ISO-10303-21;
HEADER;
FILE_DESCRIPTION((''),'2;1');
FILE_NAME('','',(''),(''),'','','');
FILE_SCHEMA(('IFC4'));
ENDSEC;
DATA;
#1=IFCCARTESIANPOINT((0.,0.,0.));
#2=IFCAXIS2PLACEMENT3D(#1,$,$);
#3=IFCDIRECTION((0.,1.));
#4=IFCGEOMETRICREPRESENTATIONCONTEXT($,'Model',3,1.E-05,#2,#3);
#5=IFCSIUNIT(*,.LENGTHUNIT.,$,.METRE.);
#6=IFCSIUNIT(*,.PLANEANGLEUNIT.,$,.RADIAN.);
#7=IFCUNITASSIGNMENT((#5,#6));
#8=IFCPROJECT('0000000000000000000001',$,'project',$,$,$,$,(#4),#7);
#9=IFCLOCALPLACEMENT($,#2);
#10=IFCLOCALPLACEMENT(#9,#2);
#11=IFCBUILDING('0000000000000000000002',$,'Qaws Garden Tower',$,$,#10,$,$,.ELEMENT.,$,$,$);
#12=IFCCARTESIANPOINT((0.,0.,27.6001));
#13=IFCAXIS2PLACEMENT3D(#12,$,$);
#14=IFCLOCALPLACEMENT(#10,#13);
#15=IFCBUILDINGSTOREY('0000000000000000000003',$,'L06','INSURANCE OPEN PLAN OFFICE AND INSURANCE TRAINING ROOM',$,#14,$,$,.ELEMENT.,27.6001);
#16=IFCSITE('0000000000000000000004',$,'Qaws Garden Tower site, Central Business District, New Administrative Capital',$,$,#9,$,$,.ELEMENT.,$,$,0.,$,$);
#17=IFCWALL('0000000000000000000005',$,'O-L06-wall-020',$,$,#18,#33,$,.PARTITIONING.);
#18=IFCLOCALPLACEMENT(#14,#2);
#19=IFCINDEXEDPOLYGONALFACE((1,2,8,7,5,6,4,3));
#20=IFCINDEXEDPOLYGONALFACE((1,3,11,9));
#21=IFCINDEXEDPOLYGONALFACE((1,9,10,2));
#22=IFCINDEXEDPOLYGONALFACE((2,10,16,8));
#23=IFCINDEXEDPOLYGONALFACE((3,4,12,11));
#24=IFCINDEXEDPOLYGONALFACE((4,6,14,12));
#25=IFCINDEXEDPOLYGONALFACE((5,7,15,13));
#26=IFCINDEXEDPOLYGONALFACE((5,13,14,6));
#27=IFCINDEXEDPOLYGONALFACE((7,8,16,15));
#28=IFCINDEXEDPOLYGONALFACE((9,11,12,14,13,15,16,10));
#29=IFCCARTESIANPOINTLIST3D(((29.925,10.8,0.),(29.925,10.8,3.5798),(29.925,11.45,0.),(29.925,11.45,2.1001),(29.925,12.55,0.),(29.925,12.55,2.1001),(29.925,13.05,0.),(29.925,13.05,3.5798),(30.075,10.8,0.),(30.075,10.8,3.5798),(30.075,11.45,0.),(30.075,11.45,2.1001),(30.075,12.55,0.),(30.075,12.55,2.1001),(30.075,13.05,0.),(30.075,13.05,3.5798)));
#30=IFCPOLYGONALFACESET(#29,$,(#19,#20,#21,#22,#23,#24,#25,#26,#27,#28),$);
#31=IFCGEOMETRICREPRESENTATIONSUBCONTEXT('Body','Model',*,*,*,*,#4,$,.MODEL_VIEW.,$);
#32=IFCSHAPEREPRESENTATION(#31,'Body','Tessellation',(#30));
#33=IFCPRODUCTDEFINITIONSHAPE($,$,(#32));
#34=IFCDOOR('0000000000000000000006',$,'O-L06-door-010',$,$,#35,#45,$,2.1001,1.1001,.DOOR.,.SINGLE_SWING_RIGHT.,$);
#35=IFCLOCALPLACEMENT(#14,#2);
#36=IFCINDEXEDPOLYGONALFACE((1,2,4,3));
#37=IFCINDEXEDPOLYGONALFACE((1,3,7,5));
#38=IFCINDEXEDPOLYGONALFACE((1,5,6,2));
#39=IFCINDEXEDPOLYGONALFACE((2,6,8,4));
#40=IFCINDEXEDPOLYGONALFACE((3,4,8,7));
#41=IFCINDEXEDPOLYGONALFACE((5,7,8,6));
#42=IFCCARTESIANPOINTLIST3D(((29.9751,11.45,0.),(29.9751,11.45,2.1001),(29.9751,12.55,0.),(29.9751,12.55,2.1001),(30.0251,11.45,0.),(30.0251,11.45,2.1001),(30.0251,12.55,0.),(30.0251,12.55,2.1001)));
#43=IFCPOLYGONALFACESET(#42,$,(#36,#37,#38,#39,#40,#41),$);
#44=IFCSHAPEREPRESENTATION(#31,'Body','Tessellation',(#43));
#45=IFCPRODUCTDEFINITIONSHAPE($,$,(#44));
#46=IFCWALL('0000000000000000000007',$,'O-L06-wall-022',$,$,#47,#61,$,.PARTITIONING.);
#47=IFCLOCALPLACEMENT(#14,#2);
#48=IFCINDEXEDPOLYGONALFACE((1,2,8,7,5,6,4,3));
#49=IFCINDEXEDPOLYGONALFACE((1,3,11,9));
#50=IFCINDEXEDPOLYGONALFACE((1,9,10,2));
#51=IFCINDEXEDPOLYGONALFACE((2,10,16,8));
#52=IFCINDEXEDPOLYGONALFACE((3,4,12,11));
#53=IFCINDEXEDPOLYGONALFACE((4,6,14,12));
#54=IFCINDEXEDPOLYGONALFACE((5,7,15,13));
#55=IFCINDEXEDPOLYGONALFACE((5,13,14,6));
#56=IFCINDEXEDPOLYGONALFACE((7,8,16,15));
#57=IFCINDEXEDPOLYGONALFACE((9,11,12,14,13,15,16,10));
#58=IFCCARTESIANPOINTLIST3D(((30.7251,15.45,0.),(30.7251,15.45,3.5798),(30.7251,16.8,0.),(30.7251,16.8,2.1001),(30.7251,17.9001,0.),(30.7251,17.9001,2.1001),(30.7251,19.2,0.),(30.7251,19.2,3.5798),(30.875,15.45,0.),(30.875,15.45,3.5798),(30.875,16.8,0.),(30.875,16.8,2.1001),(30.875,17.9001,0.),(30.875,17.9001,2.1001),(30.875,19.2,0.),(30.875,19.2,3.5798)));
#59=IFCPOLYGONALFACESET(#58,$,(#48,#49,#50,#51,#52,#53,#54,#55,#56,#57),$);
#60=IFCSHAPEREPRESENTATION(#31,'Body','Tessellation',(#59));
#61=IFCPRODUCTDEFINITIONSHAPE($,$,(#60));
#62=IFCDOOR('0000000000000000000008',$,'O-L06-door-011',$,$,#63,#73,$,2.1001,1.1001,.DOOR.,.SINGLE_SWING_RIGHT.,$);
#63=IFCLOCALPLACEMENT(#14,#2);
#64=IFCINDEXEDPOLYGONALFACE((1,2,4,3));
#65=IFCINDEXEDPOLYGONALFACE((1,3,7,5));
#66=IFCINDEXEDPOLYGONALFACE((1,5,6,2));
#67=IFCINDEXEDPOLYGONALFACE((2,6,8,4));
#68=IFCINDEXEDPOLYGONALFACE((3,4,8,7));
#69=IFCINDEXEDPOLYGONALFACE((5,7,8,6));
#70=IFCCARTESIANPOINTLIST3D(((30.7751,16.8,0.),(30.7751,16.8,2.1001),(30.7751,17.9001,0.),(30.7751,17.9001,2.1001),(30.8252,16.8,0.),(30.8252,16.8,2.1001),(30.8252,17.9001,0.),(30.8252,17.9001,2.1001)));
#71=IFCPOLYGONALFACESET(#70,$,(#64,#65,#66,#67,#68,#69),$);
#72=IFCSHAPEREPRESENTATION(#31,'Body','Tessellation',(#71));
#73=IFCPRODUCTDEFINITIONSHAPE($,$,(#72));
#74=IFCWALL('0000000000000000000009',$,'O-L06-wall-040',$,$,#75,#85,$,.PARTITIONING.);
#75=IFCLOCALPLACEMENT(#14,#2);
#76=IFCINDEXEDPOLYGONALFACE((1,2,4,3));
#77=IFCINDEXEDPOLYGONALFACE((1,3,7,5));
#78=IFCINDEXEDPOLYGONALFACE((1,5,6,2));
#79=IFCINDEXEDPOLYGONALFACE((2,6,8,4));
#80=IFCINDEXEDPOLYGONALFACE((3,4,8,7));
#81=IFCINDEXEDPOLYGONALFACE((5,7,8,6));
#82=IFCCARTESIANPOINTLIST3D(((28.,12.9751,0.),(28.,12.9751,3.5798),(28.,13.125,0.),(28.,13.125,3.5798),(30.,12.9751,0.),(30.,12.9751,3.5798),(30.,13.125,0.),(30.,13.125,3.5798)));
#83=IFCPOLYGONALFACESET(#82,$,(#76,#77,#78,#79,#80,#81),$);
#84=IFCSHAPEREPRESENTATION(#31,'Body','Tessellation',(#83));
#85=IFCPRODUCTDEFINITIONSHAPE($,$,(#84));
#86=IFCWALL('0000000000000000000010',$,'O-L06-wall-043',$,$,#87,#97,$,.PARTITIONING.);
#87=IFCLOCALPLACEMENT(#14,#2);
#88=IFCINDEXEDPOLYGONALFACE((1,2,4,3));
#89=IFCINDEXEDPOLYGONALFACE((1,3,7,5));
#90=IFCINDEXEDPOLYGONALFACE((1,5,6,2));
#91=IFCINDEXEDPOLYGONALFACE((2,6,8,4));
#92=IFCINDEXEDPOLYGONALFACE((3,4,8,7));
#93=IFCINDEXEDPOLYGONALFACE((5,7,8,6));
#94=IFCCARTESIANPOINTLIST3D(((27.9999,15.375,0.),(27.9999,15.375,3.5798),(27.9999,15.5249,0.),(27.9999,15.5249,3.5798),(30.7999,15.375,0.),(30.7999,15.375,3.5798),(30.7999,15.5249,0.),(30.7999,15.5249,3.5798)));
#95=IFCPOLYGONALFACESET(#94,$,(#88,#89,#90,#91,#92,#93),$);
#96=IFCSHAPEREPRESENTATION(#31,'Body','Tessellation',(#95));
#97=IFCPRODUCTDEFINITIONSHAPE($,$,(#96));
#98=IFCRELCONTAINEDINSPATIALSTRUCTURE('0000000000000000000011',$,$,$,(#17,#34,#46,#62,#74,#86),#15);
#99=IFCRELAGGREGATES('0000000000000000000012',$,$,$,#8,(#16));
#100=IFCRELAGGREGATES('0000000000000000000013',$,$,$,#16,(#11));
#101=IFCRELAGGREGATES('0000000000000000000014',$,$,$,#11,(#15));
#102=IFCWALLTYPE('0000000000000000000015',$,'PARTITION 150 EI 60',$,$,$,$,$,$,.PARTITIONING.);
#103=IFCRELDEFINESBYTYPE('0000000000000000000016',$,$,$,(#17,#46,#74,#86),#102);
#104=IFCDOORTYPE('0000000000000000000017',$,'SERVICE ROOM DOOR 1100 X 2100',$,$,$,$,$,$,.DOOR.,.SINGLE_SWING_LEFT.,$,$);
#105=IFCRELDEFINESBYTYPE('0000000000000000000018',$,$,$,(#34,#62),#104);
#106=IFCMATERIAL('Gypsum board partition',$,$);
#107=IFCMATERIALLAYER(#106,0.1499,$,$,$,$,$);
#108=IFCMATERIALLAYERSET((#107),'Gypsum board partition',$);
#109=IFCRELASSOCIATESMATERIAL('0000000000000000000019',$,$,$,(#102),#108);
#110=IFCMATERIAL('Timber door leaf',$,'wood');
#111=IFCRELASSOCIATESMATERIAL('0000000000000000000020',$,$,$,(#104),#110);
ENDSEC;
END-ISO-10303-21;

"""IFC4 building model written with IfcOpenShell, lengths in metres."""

from ifc_helpers import new_model, si_unit, direction, frame, frame_2d, origin, place, context, subcontext, project, spatial, rectangle, extrude, material, layer, layer_set, type_object, element, fill, save


model = new_model("IFC4")

# Units and contexts
model_context = context("Model", 3, precision=1e-05, world=origin(), true_north=direction((0.0, 1.0)))
body_context = subcontext(model_context, "Body", "Model", "MODEL_VIEW")
ifc_project = project(units=[si_unit("LENGTHUNIT", "METRE"), si_unit("PLANEANGLEUNIT", "RADIAN")], contexts=[model_context])

# Site, building, storey
site_placement = place(None, origin())
site = spatial("IfcSite", under=ifc_project, at=site_placement, Name="Qaws Garden Tower site, Central Business District, New Administrative Capital", CompositionType="ELEMENT", RefElevation=0.0)
building_placement = place(site_placement, origin())
building = spatial("IfcBuilding", under=site, at=building_placement, Name="Qaws Garden Tower", CompositionType="ELEMENT")
storey_placement = place(building_placement, frame((0.0, 0.0, 27.6001)))
storey = spatial("IfcBuildingStorey", under=building, at=storey_placement, Name="L06", Description="INSURANCE OPEN PLAN OFFICE AND INSURANCE TRAINING ROOM", CompositionType="ELEMENT", Elevation=27.6001)

# Walls, openings, doors
ifc_material_1 = material(Name="Gypsum board partition")
ifc_layer_1 = layer(ifc_material_1, 0.1499)
ifc_layer_set_1 = layer_set([ifc_layer_1], Name="Gypsum board partition")
wall_type_1 = type_object("IfcWallType", Name="PARTITION 150 EI 60", PredefinedType="PARTITIONING", material=ifc_layer_set_1)
wall_1_placement = place(storey_placement, frame((30.0, 10.8, 0.0), z_axis=(0.0, 0.0, 1.0), x_axis=(0.0, 1.0, 0.0)))
wall_1 = element("IfcWall", 1, at=wall_1_placement, inside=storey, type_object=wall_type_1, Name="O-L06-wall-020", PredefinedType="PARTITIONING", context=body_context, shape_type="SweptSolid", body=[
    extrude(rectangle(XDim=2.25, YDim=0.1499, at=frame_2d((1.125, 0.0))), origin(), (0.0, 0.0, 1.0), 3.5798),
])
opening_1_placement = place(wall_1_placement, frame((0.6499, 0.0, 0.0)))
opening_1 = element("IfcOpeningElement", 2, at=opening_1_placement, cuts=wall_1, PredefinedType="OPENING", context=body_context, shape_type="SweptSolid", body=[
    extrude(rectangle(XDim=1.1001, YDim=2.1001, at=frame_2d((0.55, 1.05))), frame((0.0, 0.085, 0.0), z_axis=(0.0, -1.0, 0.0), x_axis=(1.0, 0.0, 0.0)), (0.0, 0.0, 1.0), 0.1699),
])
ifc_material_2 = material(Name="Timber door leaf", Category="wood")
door_type_1 = type_object("IfcDoorType", Name="SERVICE ROOM DOOR 1100 X 2100", OperationType="SINGLE_SWING_LEFT", PredefinedType="DOOR", material=ifc_material_2)
door_1_placement = place(opening_1_placement, origin())
door_1 = element("IfcDoor", 3, at=door_1_placement, inside=storey, type_object=door_type_1, Name="O-L06-door-010", OperationType="SINGLE_SWING_RIGHT", OverallHeight=2.1001, OverallWidth=1.1001, PredefinedType="DOOR", context=body_context, shape_type="SweptSolid", body=[
    extrude(rectangle(XDim=1.1001, YDim=2.1001, at=frame_2d((0.55, 1.05))), frame((0.0, 0.0249, 0.0), z_axis=(0.0, -1.0, 0.0), x_axis=(1.0, 0.0, 0.0)), (0.0, 0.0, 1.0), 0.05),
])
fill(opening_1, door_1)
wall_2_placement = place(storey_placement, frame((30.8, 15.45, 0.0), z_axis=(0.0, 0.0, 1.0), x_axis=(0.0, 1.0, 0.0)))
wall_2 = element("IfcWall", 4, at=wall_2_placement, inside=storey, type_object=wall_type_1, Name="O-L06-wall-022", PredefinedType="PARTITIONING", context=body_context, shape_type="SweptSolid", body=[
    extrude(rectangle(XDim=3.75, YDim=0.1499, at=frame_2d((1.875, 0.0))), origin(), (0.0, 0.0, 1.0), 3.5798),
])
opening_2_placement = place(wall_2_placement, frame((1.3501, 0.0, 0.0)))
opening_2 = element("IfcOpeningElement", 5, at=opening_2_placement, cuts=wall_2, PredefinedType="OPENING", context=body_context, shape_type="SweptSolid", body=[
    extrude(rectangle(XDim=1.1001, YDim=2.1001, at=frame_2d((0.55, 1.05))), frame((0.0, 0.085, 0.0), z_axis=(0.0, -1.0, 0.0), x_axis=(1.0, 0.0, 0.0)), (0.0, 0.0, 1.0), 0.1699),
])
door_2_placement = place(opening_2_placement, origin())
door_2 = element("IfcDoor", 6, at=door_2_placement, inside=storey, type_object=door_type_1, Name="O-L06-door-011", OperationType="SINGLE_SWING_RIGHT", OverallHeight=2.1001, OverallWidth=1.1001, PredefinedType="DOOR", context=body_context, shape_type="SweptSolid", body=[
    extrude(rectangle(XDim=1.1001, YDim=2.1001, at=frame_2d((0.55, 1.05))), frame((0.0, 0.0249, 0.0), z_axis=(0.0, -1.0, 0.0), x_axis=(1.0, 0.0, 0.0)), (0.0, 0.0, 1.0), 0.05),
])
fill(opening_2, door_2)

# Walls
wall_3_placement = place(storey_placement, frame((28.0, 13.05, 0.0), z_axis=(0.0, 0.0, 1.0), x_axis=(1.0, 0.0, 0.0)))
element("IfcWall", 7, at=wall_3_placement, inside=storey, type_object=wall_type_1, Name="O-L06-wall-040", PredefinedType="PARTITIONING", context=body_context, shape_type="SweptSolid", body=[
    extrude(rectangle(XDim=2.0, YDim=0.1499, at=frame_2d((1.0, 0.0))), origin(), (0.0, 0.0, 1.0), 3.5798),
])
wall_4_placement = place(storey_placement, frame((28.0, 15.45, 0.0), z_axis=(0.0, 0.0, 1.0), x_axis=(1.0, 0.0, 0.0)))
element("IfcWall", 8, at=wall_4_placement, inside=storey, type_object=wall_type_1, Name="O-L06-wall-043", PredefinedType="PARTITIONING", context=body_context, shape_type="SweptSolid", body=[
    extrude(rectangle(XDim=2.8, YDim=0.1499, at=frame_2d((1.3999, 0.0))), origin(), (0.0, 0.0, 1.0), 3.5798),
])

save(model, "model.ifc")
